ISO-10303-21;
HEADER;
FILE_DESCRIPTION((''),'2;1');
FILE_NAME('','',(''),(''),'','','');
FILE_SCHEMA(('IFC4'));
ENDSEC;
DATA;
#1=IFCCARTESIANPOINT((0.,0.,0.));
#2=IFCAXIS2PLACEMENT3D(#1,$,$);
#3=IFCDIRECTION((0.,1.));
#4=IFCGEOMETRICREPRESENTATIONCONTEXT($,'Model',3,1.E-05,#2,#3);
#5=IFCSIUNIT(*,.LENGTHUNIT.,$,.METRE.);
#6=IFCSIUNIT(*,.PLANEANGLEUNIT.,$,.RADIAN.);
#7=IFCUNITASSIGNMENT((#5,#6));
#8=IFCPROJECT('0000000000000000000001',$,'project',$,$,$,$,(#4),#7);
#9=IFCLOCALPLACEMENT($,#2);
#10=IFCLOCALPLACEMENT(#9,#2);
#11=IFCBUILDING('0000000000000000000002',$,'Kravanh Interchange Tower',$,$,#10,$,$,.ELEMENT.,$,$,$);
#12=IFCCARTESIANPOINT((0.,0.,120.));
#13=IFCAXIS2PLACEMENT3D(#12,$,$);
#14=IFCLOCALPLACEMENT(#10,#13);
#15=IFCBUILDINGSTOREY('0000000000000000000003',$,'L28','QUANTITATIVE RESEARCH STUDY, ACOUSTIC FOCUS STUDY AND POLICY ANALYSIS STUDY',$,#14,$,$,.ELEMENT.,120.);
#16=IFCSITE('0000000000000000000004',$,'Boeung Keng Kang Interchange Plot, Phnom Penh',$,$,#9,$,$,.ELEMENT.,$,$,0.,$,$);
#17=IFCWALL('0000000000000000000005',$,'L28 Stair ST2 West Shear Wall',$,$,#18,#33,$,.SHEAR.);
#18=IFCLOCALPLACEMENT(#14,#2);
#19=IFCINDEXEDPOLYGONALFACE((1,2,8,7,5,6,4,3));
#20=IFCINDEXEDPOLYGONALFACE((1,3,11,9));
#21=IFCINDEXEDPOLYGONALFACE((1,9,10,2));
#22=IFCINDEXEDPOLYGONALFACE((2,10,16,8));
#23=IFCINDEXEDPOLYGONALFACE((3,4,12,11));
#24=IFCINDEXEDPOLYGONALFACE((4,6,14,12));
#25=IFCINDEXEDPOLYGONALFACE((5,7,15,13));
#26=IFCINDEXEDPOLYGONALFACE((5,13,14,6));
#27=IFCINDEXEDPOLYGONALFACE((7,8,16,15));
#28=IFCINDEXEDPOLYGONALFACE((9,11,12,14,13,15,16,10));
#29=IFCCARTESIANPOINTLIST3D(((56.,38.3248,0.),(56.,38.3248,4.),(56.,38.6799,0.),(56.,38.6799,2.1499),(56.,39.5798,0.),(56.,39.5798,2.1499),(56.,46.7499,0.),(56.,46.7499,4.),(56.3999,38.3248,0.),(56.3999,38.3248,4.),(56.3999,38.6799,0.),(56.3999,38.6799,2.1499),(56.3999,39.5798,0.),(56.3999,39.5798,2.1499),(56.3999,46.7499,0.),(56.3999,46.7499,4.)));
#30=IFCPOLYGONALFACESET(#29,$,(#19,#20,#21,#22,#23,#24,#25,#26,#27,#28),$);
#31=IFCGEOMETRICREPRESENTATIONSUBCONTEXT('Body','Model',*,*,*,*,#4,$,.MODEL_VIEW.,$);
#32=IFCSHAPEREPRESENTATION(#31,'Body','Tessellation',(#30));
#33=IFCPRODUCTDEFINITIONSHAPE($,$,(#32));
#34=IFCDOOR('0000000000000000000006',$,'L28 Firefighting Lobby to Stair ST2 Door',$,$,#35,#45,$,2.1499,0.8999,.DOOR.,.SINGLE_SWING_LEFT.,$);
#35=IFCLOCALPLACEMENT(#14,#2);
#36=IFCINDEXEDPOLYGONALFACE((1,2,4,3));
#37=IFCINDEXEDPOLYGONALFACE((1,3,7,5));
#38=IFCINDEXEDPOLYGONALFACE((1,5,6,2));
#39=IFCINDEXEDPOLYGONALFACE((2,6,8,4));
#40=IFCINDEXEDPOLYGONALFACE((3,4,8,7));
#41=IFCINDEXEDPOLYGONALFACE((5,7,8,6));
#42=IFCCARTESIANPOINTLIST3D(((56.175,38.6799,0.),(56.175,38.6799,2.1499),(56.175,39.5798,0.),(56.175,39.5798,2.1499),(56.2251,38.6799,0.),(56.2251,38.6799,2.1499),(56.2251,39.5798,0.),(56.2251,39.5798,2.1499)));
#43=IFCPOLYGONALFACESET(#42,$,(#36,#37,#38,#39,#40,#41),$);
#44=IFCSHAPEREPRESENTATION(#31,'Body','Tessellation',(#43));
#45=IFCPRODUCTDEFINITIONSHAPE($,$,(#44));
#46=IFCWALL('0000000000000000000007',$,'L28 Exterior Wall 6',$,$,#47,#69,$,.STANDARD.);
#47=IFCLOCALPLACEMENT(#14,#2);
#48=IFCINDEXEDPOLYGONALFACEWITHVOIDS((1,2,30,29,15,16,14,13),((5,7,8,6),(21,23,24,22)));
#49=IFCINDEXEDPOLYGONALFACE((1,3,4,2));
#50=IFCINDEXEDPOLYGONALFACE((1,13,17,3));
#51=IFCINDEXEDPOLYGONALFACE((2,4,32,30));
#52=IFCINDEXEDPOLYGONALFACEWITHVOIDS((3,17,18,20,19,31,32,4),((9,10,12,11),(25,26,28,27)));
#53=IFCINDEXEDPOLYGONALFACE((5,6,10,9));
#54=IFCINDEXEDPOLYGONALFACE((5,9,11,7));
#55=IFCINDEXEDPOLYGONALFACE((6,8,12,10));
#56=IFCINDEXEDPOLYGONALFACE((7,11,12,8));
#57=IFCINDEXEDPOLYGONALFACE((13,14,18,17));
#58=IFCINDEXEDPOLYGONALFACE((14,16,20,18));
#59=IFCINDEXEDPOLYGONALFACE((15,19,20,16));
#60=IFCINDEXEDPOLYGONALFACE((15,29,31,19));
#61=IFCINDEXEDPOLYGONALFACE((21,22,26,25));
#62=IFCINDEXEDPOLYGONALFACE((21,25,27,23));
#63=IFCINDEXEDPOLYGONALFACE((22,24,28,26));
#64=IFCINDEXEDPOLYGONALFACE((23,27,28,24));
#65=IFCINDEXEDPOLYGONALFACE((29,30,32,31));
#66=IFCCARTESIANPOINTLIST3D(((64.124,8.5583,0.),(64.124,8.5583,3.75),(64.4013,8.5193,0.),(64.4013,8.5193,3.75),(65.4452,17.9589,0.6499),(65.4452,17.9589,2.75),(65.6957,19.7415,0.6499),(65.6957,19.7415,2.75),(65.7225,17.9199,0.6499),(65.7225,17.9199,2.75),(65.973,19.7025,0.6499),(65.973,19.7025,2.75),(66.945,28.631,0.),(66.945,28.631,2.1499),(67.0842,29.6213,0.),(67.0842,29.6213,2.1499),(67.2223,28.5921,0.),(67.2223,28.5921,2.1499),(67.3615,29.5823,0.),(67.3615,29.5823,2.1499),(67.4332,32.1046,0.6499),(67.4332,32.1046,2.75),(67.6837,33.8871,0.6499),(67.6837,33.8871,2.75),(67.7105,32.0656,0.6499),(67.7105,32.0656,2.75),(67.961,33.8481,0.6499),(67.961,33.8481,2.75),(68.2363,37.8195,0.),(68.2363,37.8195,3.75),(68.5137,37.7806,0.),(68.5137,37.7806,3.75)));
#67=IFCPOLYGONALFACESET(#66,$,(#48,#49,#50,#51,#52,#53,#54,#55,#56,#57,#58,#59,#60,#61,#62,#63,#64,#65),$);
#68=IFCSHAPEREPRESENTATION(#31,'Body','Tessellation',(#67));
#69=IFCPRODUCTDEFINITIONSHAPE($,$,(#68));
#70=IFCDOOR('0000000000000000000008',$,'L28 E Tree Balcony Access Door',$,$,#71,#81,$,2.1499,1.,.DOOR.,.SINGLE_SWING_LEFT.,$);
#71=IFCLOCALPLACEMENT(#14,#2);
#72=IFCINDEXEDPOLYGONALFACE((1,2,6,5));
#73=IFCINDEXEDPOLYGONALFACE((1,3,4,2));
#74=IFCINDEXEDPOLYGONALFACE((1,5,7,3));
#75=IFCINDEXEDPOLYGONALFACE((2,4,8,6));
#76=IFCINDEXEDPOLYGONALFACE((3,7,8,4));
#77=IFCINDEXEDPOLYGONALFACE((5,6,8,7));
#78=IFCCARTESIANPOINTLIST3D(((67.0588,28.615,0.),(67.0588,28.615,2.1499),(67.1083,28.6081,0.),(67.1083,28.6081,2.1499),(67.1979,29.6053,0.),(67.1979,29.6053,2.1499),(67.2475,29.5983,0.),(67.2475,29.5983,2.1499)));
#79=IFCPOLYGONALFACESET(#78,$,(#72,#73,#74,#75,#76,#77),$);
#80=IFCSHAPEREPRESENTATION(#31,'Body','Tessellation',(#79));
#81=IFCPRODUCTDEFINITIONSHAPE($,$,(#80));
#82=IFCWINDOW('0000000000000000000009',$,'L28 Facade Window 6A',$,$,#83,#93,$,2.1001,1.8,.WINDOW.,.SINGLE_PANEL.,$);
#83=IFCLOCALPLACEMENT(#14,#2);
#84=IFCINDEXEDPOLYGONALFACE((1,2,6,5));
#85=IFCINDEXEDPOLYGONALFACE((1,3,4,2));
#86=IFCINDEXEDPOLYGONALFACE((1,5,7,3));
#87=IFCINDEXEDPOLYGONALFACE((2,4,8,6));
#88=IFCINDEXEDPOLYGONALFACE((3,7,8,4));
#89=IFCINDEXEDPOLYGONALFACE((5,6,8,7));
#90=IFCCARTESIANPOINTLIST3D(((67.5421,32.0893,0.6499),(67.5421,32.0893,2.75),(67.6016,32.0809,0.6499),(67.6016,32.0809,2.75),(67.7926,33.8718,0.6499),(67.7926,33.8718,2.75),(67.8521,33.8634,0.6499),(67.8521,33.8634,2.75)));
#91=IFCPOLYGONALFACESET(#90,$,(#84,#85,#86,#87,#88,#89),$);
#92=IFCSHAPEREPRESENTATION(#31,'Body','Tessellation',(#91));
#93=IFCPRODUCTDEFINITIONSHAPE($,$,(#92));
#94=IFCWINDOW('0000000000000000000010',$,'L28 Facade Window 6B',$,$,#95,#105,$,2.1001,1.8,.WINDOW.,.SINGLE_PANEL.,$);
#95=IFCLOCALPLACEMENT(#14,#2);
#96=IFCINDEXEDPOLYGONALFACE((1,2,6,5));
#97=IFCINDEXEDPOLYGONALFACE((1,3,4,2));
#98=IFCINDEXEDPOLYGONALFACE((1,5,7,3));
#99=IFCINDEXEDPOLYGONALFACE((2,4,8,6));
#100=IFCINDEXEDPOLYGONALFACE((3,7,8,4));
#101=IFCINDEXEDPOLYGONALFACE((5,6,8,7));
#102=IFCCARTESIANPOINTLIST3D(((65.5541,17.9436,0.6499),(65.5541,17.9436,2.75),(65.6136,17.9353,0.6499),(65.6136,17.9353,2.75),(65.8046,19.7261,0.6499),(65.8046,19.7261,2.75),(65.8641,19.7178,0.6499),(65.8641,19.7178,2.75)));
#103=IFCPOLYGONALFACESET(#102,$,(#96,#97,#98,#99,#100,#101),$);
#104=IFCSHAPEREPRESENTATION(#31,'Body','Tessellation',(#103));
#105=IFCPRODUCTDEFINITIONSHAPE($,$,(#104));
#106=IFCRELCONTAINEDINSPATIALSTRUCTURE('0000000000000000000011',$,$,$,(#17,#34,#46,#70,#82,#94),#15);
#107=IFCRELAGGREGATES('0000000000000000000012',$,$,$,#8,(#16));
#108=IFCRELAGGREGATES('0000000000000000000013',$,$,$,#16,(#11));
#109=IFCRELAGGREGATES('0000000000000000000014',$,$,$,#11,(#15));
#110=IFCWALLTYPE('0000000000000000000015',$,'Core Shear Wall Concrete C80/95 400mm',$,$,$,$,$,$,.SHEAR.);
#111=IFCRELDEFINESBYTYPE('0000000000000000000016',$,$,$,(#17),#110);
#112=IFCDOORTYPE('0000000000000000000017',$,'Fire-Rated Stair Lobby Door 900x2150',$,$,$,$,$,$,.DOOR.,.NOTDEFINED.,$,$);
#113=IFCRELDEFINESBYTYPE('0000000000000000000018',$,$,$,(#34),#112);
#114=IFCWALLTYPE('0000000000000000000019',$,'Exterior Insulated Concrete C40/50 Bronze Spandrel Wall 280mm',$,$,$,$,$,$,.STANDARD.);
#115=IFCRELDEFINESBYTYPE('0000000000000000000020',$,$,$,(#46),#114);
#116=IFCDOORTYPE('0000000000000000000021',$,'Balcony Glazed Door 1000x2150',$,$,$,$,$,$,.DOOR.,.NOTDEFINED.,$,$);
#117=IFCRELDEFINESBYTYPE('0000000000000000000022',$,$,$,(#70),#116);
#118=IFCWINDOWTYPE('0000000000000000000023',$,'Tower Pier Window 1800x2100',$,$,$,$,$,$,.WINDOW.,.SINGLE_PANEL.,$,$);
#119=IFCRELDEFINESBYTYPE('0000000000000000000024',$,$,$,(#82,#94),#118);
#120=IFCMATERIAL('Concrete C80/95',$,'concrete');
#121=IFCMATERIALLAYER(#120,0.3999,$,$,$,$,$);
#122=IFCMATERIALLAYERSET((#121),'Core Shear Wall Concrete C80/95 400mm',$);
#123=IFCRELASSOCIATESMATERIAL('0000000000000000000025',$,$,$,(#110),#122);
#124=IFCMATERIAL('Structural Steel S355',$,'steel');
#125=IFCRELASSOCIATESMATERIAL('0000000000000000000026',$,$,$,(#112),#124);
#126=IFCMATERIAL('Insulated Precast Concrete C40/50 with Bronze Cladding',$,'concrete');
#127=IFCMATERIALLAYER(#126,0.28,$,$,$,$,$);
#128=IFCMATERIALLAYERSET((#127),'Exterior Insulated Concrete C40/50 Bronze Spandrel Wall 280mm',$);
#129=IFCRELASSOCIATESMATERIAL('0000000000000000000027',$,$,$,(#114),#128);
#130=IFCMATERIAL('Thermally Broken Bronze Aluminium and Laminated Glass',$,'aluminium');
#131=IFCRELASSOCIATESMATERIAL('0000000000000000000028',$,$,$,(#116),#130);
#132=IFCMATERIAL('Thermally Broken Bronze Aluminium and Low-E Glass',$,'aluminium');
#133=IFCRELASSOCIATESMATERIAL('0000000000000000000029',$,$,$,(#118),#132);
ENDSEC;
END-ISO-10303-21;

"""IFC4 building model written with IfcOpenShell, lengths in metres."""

from ifc_helpers import new_model, si_unit, direction, frame, frame_2d, origin, place, context, subcontext, project, spatial, rectangle, extrude, material, layer, layer_set, type_object, element, fill, save


model = new_model("IFC4")

# Units and contexts
model_context = context("Model", 3, precision=1e-05, world=origin(), true_north=direction((0.0, 1.0)))
body_context = subcontext(model_context, "Body", "Model", "MODEL_VIEW")
ifc_project = project(units=[si_unit("LENGTHUNIT", "METRE"), si_unit("PLANEANGLEUNIT", "RADIAN")], contexts=[model_context])

# Site, building, storey
site_placement = place(None, origin())
site = spatial("IfcSite", under=ifc_project, at=site_placement, Name="Boeung Keng Kang Interchange Plot, Phnom Penh", CompositionType="ELEMENT", RefElevation=0.0)
building_placement = place(site_placement, origin())
building = spatial("IfcBuilding", under=site, at=building_placement, Name="Kravanh Interchange Tower", CompositionType="ELEMENT")
storey_placement = place(building_placement, frame((0.0, 0.0, 120.0)))
storey = spatial("IfcBuildingStorey", under=building, at=storey_placement, Name="L28", Description="QUANTITATIVE RESEARCH STUDY, ACOUSTIC FOCUS STUDY AND POLICY ANALYSIS STUDY", CompositionType="ELEMENT", Elevation=120.0)

# Shared definitions
ifc_material_1 = material(Name="Concrete C80/95", Category="concrete")
ifc_layer_1 = layer(ifc_material_1, 0.3999)
ifc_layer_set_1 = layer_set([ifc_layer_1], Name="Core Shear Wall Concrete C80/95 400mm")
wall_type_1 = type_object("IfcWallType", Name="Core Shear Wall Concrete C80/95 400mm", PredefinedType="SHEAR", material=ifc_layer_set_1)

# Wall, opening, door
wall_1_placement = place(storey_placement, frame((56.2, 38.325, 0.0), z_axis=(0.0, 0.0, 1.0), x_axis=(0.0, 1.0, 0.0)))
wall_1 = element("IfcWall", 1, at=wall_1_placement, inside=storey, type_object=wall_type_1, Name="L28 Stair ST2 West Shear Wall", PredefinedType="SHEAR", context=body_context, shape_type="SweptSolid", body=[
    extrude(rectangle(XDim=8.425, YDim=0.3999, at=frame_2d((4.2124, 0.0))), origin(), (0.0, 0.0, 1.0), 4.0),
])
opening_1_placement = place(wall_1_placement, frame((0.355, 0.0, 0.0)))
opening_1 = element("IfcOpeningElement", 2, at=opening_1_placement, cuts=wall_1, PredefinedType="OPENING", context=body_context, shape_type="SweptSolid", body=[
    extrude(rectangle(XDim=0.8999, YDim=2.1499, at=frame_2d((0.45, 1.075))), frame((0.0, 0.21, 0.0), z_axis=(0.0, -1.0, 0.0), x_axis=(1.0, 0.0, 0.0)), (0.0, 0.0, 1.0), 0.4199),
])
ifc_material_2 = material(Name="Structural Steel S355", Category="steel")
door_type_1 = type_object("IfcDoorType", Name="Fire-Rated Stair Lobby Door 900x2150", OperationType="NOTDEFINED", PredefinedType="DOOR", material=ifc_material_2)
door_1_placement = place(opening_1_placement, origin())
door_1 = element("IfcDoor", 3, at=door_1_placement, inside=storey, type_object=door_type_1, Name="L28 Firefighting Lobby to Stair ST2 Door", OperationType="SINGLE_SWING_LEFT", OverallHeight=2.1499, OverallWidth=0.8999, PredefinedType="DOOR", context=body_context, shape_type="SweptSolid", body=[
    extrude(rectangle(XDim=0.8999, YDim=2.1499, at=frame_2d((0.45, 1.075))), frame((0.0, 0.0249, 0.0), z_axis=(0.0, -1.0, 0.0), x_axis=(1.0, 0.0, 0.0)), (0.0, 0.0, 1.0), 0.05),
])
fill(opening_1, door_1)

# Wall, openings, door, windows
ifc_material_3 = material(Name="Insulated Precast Concrete C40/50 with Bronze Cladding", Category="concrete")
ifc_layer_2 = layer(ifc_material_3, 0.28)
ifc_layer_set_2 = layer_set([ifc_layer_2], Name="Exterior Insulated Concrete C40/50 Bronze Spandrel Wall 280mm")
wall_type_2 = type_object("IfcWallType", Name="Exterior Insulated Concrete C40/50 Bronze Spandrel Wall 280mm", PredefinedType="STANDARD", material=ifc_layer_set_2)
wall_2_placement = place(storey_placement, frame((68.375, 37.8, 0.0), z_axis=(0.0, 0.0, 1.0), x_axis=(-0.13917, -0.990269, 0.0)))
wall_2 = element("IfcWall", 4, at=wall_2_placement, inside=storey, type_object=wall_type_2, Name="L28 Exterior Wall 6", PredefinedType="STANDARD", context=body_context, shape_type="SweptSolid", body=[
    extrude(rectangle(XDim=29.5488, YDim=0.28, at=frame_2d((14.7744, 0.0))), origin(), (0.0, 0.0, 1.0), 3.75),
])
opening_2_placement = place(wall_2_placement, frame((8.2788, 0.0, 0.0)))
opening_2 = element("IfcOpeningElement", 5, at=opening_2_placement, cuts=wall_2, PredefinedType="OPENING", context=body_context, shape_type="SweptSolid", body=[
    extrude(rectangle(XDim=1.0, YDim=2.1499, at=frame_2d((0.5, 1.075))), frame((0.0, 0.1499, 0.0), z_axis=(0.0, -1.0, 0.0), x_axis=(1.0, 0.0, 0.0)), (0.0, 0.0, 1.0), 0.3),
])
opening_3_placement = place(wall_2_placement, frame((3.9712, 0.0, 0.6499)))
opening_3 = element("IfcOpeningElement", 6, at=opening_3_placement, cuts=wall_2, PredefinedType="OPENING", context=body_context, shape_type="SweptSolid", body=[
    extrude(rectangle(XDim=1.8, YDim=2.1001, at=frame_2d((0.8999, 1.05))), frame((0.0, 0.1499, 0.0), z_axis=(0.0, -1.0, 0.0), x_axis=(1.0, 0.0, 0.0)), (0.0, 0.0, 1.0), 0.3),
])
opening_4_placement = place(wall_2_placement, frame((18.2559, 0.0, 0.6499)))
opening_4 = element("IfcOpeningElement", 7, at=opening_4_placement, cuts=wall_2, PredefinedType="OPENING", context=body_context, shape_type="SweptSolid", body=[
    extrude(rectangle(XDim=1.8, YDim=2.1001, at=frame_2d((0.8999, 1.05))), frame((0.0, 0.1499, 0.0), z_axis=(0.0, -1.0, 0.0), x_axis=(1.0, 0.0, 0.0)), (0.0, 0.0, 1.0), 0.3),
])
ifc_material_4 = material(Name="Thermally Broken Bronze Aluminium and Laminated Glass", Category="aluminium")
door_type_2 = type_object("IfcDoorType", Name="Balcony Glazed Door 1000x2150", OperationType="NOTDEFINED", PredefinedType="DOOR", material=ifc_material_4)
door_2_placement = place(opening_2_placement, origin())
door_2 = element("IfcDoor", 8, at=door_2_placement, inside=storey, type_object=door_type_2, Name="L28 E Tree Balcony Access Door", OperationType="SINGLE_SWING_LEFT", OverallHeight=2.1499, OverallWidth=1.0, PredefinedType="DOOR", context=body_context, shape_type="SweptSolid", body=[
    extrude(rectangle(XDim=1.0, YDim=2.1499, at=frame_2d((0.5, 1.075))), frame((0.0, 0.0249, 0.0), z_axis=(0.0, -1.0, 0.0), x_axis=(1.0, 0.0, 0.0)), (0.0, 0.0, 1.0), 0.05),
])
fill(opening_2, door_2)
ifc_material_5 = material(Name="Thermally Broken Bronze Aluminium and Low-E Glass", Category="aluminium")
window_type = type_object("IfcWindowType", Name="Tower Pier Window 1800x2100", PartitioningType="SINGLE_PANEL", PredefinedType="WINDOW", material=ifc_material_5)
window_1_placement = place(opening_3_placement, origin())
window_1 = element("IfcWindow", 9, at=window_1_placement, inside=storey, type_object=window_type, Name="L28 Facade Window 6A", OverallHeight=2.1001, OverallWidth=1.8, PartitioningType="SINGLE_PANEL", PredefinedType="WINDOW", context=body_context, shape_type="SweptSolid", body=[
    extrude(rectangle(XDim=1.8, YDim=2.1001, at=frame_2d((0.8999, 1.05))), frame((0.0, 0.03, 0.0), z_axis=(0.0, -1.0, 0.0), x_axis=(1.0, 0.0, 0.0)), (0.0, 0.0, 1.0), 0.0601),
])
fill(opening_3, window_1)
window_2_placement = place(opening_4_placement, origin())
window_2 = element("IfcWindow", 10, at=window_2_placement, inside=storey, type_object=window_type, Name="L28 Facade Window 6B", OverallHeight=2.1001, OverallWidth=1.8, PartitioningType="SINGLE_PANEL", PredefinedType="WINDOW", context=body_context, shape_type="SweptSolid", body=[
    extrude(rectangle(XDim=1.8, YDim=2.1001, at=frame_2d((0.8999, 1.05))), frame((0.0, 0.03, 0.0), z_axis=(0.0, -1.0, 0.0), x_axis=(1.0, 0.0, 0.0)), (0.0, 0.0, 1.0), 0.0601),
])
fill(opening_4, window_2)

save(model, "model.ifc")
